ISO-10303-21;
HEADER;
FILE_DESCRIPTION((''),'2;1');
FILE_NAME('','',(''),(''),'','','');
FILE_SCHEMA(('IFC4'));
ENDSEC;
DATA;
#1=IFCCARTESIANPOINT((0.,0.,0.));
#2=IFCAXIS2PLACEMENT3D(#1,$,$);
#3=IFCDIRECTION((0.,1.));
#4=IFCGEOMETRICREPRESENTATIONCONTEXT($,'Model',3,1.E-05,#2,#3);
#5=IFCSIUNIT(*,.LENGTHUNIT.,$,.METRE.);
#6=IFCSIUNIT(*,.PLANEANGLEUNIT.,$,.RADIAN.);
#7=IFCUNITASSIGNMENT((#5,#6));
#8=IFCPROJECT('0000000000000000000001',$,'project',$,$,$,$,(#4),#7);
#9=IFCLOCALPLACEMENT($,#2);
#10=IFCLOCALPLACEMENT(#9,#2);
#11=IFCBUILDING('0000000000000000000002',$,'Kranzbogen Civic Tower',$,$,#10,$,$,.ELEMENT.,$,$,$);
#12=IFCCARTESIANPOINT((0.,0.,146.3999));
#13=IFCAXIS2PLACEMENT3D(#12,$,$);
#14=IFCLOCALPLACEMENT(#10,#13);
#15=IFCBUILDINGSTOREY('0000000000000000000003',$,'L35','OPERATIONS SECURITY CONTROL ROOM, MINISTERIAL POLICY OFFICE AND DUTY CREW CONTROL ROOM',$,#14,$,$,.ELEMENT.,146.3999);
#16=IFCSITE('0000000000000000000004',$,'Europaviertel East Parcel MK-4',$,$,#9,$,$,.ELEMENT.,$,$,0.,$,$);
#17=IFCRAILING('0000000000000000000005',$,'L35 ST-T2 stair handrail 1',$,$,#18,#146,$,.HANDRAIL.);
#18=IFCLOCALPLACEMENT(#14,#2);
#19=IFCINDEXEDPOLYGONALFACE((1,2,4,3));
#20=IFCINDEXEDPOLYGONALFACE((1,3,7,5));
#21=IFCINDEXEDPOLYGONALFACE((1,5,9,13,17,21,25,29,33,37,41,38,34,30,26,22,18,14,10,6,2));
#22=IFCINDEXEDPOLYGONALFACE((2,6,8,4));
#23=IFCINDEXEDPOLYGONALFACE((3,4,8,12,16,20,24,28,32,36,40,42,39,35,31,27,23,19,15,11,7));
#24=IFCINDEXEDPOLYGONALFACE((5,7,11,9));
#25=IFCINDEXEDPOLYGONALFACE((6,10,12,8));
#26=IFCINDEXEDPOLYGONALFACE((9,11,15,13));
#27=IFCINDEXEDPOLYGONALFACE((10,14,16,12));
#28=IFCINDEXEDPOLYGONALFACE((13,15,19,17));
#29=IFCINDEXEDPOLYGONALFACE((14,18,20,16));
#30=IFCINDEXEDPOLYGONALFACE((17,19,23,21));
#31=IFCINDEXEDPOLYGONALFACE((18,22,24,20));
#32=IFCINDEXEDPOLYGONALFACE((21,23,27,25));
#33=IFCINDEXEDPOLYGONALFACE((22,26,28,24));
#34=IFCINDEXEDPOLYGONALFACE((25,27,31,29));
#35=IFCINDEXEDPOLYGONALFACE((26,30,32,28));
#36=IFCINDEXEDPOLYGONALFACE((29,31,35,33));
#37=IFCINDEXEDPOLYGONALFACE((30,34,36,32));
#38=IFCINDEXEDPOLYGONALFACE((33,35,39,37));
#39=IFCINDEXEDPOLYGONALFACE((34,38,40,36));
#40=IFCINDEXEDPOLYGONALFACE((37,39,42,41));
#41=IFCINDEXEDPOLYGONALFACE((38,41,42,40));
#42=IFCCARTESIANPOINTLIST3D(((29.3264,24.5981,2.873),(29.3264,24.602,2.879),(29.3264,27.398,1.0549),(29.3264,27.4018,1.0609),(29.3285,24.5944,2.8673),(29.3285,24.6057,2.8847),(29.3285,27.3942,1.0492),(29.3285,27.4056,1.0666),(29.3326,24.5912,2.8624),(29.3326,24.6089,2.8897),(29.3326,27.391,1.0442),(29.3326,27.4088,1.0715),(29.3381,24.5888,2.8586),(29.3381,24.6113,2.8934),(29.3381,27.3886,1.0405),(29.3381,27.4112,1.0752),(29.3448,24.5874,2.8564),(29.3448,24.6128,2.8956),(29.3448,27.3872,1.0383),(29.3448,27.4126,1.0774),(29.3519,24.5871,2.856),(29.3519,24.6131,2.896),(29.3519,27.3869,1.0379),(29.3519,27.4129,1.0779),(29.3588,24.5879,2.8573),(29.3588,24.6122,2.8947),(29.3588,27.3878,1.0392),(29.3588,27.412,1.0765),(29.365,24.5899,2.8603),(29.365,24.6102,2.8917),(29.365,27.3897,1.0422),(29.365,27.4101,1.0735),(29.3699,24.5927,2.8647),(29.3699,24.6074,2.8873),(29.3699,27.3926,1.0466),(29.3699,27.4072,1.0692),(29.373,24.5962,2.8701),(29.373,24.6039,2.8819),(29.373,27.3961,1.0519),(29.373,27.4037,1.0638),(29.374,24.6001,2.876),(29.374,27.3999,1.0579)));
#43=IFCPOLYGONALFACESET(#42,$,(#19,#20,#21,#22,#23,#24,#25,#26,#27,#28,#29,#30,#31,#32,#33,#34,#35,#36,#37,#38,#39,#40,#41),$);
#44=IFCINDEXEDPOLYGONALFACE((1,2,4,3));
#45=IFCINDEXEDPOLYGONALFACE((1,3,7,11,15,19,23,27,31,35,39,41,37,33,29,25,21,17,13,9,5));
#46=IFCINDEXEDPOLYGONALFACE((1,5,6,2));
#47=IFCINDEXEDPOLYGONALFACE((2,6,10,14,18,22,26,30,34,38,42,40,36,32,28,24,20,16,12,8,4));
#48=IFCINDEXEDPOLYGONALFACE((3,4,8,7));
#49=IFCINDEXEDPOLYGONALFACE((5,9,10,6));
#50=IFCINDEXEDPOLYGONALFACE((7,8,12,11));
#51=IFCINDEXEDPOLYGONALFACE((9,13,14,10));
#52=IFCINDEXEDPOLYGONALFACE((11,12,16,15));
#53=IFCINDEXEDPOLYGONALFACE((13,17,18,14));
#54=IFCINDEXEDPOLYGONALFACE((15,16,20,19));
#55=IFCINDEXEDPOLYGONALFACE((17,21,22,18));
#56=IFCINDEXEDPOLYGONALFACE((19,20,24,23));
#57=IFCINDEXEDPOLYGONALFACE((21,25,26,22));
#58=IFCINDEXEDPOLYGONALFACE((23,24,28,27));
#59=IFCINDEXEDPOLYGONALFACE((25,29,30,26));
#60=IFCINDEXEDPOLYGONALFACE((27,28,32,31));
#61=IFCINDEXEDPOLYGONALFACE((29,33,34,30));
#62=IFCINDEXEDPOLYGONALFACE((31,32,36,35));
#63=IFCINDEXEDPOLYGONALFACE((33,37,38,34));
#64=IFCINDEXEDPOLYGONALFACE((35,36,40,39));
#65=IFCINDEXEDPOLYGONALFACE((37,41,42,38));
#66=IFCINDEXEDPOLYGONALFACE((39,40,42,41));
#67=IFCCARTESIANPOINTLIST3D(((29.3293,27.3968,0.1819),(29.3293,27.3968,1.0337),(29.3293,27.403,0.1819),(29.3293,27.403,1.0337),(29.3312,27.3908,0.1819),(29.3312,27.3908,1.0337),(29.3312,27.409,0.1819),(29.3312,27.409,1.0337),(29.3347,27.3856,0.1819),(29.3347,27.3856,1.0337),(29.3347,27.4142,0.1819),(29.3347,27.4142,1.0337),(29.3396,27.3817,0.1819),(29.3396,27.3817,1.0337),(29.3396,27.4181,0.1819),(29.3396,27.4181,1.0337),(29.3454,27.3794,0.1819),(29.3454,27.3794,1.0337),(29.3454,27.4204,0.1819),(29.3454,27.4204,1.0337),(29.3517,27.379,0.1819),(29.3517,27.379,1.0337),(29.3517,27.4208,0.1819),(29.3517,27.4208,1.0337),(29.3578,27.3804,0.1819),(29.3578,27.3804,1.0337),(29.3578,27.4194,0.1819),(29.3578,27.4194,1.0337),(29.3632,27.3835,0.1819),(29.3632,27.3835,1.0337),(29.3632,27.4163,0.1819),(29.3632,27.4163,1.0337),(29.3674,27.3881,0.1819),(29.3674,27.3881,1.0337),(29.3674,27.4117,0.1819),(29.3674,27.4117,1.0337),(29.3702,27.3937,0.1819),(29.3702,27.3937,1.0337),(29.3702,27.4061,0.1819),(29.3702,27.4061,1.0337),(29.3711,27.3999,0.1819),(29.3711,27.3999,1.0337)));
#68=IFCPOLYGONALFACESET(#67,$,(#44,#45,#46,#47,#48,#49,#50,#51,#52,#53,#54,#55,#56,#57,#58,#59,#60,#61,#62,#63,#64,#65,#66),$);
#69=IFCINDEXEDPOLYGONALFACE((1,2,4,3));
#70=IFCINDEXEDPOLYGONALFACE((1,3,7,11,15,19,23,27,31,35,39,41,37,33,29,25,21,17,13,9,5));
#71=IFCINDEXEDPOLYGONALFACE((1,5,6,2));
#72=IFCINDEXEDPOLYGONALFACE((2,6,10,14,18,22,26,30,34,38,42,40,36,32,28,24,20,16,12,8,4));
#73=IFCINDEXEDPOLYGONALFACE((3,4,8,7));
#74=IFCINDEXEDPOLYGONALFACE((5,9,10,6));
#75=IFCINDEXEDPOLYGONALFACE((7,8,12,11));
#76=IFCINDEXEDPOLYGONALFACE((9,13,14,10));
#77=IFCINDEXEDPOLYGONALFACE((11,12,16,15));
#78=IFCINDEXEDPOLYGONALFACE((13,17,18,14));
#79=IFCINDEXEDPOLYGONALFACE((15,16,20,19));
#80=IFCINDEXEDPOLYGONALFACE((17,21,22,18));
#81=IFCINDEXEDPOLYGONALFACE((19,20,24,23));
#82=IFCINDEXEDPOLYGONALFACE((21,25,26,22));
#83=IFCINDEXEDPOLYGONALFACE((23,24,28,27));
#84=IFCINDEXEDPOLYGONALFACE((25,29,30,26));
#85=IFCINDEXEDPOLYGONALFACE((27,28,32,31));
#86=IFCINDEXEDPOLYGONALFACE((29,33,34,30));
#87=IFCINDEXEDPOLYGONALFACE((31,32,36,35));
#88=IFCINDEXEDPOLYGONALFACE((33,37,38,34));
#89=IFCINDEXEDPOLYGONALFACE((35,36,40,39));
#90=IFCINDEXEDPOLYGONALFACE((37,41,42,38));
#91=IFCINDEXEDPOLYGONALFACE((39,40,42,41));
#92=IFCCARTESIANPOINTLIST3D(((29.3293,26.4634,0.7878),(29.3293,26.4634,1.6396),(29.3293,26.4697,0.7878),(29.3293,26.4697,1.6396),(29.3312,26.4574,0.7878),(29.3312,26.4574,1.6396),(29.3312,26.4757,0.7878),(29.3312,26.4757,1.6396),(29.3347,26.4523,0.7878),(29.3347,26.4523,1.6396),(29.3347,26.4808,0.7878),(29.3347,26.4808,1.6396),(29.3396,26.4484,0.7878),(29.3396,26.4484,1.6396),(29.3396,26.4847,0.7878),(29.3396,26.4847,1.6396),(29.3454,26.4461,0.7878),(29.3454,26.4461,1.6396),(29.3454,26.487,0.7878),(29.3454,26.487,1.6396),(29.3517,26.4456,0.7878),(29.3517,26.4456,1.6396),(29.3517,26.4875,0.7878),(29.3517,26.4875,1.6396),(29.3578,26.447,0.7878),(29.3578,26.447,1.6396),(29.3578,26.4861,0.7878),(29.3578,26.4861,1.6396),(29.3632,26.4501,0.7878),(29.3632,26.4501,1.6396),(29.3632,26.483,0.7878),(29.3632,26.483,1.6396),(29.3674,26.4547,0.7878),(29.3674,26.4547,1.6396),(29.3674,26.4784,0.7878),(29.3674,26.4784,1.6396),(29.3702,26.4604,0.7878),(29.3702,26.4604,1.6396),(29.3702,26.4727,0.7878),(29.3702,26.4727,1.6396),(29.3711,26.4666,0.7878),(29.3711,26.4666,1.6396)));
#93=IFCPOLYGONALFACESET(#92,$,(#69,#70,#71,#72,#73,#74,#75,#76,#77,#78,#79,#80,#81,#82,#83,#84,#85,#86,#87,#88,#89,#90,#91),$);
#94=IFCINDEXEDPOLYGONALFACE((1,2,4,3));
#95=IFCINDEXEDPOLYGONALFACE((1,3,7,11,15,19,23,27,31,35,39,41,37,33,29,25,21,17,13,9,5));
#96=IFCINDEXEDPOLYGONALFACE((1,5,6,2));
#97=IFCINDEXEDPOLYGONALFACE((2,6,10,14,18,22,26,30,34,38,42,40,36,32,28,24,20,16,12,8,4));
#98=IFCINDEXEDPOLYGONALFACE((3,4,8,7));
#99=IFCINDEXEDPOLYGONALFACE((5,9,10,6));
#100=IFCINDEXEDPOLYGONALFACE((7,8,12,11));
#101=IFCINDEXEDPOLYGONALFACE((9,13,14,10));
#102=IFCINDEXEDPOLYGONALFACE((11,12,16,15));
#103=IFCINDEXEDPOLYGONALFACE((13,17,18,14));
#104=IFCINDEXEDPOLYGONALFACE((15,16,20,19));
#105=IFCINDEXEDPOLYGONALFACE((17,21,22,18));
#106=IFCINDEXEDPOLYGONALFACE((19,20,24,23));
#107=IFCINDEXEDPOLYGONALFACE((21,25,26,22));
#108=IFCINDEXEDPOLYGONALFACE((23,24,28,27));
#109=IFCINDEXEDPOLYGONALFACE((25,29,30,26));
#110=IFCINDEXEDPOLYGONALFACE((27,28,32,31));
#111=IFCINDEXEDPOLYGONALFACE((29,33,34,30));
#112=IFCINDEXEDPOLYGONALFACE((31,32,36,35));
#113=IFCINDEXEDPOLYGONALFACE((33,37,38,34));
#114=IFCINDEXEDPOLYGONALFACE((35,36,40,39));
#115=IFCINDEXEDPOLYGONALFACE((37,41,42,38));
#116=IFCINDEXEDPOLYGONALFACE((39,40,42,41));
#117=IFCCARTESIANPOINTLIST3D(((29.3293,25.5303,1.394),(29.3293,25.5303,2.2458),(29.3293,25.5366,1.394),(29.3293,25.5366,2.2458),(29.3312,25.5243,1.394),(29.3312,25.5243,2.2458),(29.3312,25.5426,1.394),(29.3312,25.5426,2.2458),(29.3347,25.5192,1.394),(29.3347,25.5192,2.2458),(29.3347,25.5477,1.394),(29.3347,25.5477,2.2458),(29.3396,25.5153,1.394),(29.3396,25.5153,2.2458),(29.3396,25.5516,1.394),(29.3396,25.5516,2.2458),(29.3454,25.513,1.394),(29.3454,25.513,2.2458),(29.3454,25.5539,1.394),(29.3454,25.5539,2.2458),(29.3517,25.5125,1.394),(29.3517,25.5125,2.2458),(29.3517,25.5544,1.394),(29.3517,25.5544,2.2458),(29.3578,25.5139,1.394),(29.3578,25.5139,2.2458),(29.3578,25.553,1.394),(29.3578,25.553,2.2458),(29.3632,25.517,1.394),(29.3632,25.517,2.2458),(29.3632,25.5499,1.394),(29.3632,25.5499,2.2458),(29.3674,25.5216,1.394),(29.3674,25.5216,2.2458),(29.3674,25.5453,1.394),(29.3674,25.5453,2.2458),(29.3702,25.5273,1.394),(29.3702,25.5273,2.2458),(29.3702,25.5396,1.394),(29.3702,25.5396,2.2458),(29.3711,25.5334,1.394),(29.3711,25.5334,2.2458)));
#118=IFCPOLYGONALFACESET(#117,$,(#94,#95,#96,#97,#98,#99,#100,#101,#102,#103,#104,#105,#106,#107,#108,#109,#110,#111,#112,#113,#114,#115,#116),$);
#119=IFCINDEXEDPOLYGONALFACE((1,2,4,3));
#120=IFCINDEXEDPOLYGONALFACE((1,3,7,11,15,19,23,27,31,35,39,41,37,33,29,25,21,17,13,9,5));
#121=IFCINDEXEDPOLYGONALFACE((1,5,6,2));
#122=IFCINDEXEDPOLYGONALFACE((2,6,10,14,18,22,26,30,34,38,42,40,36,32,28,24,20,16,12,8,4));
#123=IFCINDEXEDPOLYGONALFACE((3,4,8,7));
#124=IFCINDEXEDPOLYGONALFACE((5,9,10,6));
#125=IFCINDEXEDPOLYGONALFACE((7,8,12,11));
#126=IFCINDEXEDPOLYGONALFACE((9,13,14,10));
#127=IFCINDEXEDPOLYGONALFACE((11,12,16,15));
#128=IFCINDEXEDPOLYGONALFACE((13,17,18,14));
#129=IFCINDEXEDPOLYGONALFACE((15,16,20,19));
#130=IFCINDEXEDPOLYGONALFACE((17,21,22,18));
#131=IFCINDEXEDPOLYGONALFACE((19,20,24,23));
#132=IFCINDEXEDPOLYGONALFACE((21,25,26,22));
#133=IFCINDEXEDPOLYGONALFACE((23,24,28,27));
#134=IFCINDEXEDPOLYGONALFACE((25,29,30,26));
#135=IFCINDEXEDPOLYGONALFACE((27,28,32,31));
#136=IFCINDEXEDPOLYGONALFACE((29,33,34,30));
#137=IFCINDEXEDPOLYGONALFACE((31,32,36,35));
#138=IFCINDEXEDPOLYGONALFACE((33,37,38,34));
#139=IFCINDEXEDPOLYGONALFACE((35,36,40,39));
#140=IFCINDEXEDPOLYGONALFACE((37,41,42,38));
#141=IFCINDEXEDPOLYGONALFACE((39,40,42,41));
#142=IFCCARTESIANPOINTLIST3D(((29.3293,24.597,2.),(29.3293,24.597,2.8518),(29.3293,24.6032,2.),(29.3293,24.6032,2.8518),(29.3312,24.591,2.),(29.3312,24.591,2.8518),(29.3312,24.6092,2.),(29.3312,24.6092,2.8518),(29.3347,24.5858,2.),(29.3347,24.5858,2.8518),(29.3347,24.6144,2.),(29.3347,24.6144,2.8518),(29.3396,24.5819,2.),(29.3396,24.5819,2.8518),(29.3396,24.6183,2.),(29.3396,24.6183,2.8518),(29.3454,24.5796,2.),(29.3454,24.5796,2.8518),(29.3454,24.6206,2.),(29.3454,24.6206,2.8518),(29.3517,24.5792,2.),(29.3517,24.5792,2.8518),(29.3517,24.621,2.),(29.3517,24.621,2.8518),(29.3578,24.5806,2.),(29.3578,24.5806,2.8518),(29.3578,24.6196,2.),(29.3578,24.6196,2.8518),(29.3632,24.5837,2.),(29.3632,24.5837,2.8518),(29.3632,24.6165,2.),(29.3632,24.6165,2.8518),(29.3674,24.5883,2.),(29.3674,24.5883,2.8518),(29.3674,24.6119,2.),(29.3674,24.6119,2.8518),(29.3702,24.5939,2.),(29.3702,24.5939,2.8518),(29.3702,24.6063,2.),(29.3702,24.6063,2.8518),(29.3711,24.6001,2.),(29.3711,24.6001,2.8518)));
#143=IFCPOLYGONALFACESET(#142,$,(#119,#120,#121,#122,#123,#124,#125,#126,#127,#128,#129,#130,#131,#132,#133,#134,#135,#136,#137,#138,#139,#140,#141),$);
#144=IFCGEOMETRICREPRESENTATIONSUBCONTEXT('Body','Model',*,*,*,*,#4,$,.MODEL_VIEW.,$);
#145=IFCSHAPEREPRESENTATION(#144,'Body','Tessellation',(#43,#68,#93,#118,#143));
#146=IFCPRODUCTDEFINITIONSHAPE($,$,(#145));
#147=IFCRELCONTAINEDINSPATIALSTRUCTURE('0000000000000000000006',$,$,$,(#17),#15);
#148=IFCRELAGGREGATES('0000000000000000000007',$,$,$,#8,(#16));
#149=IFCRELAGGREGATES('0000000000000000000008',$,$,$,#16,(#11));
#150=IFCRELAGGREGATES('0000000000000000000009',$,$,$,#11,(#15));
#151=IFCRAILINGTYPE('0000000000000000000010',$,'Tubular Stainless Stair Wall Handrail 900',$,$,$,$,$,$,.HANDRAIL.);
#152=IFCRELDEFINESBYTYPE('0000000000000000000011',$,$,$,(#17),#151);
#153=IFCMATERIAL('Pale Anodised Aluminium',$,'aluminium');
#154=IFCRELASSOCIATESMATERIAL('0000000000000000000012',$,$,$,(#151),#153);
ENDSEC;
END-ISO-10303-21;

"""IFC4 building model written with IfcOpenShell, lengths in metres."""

from ifc_helpers import new_model, si_unit, direction, frame, origin, origin_2d, place, context, subcontext, project, spatial, circle, extrude, material, type_object, element, save


model = new_model("IFC4")

# Units and contexts
model_context = context("Model", 3, precision=1e-05, world=origin(), true_north=direction((0.0, 1.0)))
body_context = subcontext(model_context, "Body", "Model", "MODEL_VIEW")
ifc_project = project(units=[si_unit("LENGTHUNIT", "METRE"), si_unit("PLANEANGLEUNIT", "RADIAN")], contexts=[model_context])

# Site, building, storey
site_placement = place(None, origin())
site = spatial("IfcSite", under=ifc_project, at=site_placement, Name="Europaviertel East Parcel MK-4", CompositionType="ELEMENT", RefElevation=0.0)
building_placement = place(site_placement, origin())
building = spatial("IfcBuilding", under=site, at=building_placement, Name="Kranzbogen Civic Tower", CompositionType="ELEMENT")
storey_placement = place(building_placement, frame((0.0, 0.0, 146.3999)))
storey = spatial("IfcBuildingStorey", under=building, at=storey_placement, Name="L35", Description="OPERATIONS SECURITY CONTROL ROOM, MINISTERIAL POLICY OFFICE AND DUTY CREW CONTROL ROOM", CompositionType="ELEMENT", Elevation=146.3999)

# Shared definitions
ifc_material_1 = material(Name="Pale Anodised Aluminium", Category="aluminium")

# Railing
railing_type_1 = type_object("IfcRailingType", Name="Tubular Stainless Stair Wall Handrail 900", PredefinedType="HANDRAIL", material=ifc_material_1)
railing_1_placement = place(storey_placement, frame((29.3501, 27.3999, 0.1819)))
element("IfcRailing", 1, at=railing_1_placement, inside=storey, type_object=railing_type_1, Name="L35 ST-T2 stair handrail 1", PredefinedType="HANDRAIL", context=body_context, shape_type="SweptSolid", body=[
    extrude(circle(Radius=0.0239, at=origin_2d()), frame((0.0, 0.0, 0.876), z_axis=(0.0, -0.838684, 0.544618), x_axis=(1.0, 0.0, 0.0)), (0.0, 0.0, 1.0), 3.3384),
    extrude(circle(Radius=0.021, at=origin_2d()), origin(), (0.0, 0.0, 1.0), 0.8518),
    extrude(circle(Radius=0.021, at=origin_2d()), frame((0.0, -0.9333, 0.606)), (0.0, 0.0, 1.0), 0.8518),
    extrude(circle(Radius=0.021, at=origin_2d()), frame((0.0, -1.8665, 1.2122)), (0.0, 0.0, 1.0), 0.8518),
    extrude(circle(Radius=0.021, at=origin_2d()), frame((0.0, -2.7998, 1.8181)), (0.0, 0.0, 1.0), 0.8518),
])

save(model, "model.ifc")
